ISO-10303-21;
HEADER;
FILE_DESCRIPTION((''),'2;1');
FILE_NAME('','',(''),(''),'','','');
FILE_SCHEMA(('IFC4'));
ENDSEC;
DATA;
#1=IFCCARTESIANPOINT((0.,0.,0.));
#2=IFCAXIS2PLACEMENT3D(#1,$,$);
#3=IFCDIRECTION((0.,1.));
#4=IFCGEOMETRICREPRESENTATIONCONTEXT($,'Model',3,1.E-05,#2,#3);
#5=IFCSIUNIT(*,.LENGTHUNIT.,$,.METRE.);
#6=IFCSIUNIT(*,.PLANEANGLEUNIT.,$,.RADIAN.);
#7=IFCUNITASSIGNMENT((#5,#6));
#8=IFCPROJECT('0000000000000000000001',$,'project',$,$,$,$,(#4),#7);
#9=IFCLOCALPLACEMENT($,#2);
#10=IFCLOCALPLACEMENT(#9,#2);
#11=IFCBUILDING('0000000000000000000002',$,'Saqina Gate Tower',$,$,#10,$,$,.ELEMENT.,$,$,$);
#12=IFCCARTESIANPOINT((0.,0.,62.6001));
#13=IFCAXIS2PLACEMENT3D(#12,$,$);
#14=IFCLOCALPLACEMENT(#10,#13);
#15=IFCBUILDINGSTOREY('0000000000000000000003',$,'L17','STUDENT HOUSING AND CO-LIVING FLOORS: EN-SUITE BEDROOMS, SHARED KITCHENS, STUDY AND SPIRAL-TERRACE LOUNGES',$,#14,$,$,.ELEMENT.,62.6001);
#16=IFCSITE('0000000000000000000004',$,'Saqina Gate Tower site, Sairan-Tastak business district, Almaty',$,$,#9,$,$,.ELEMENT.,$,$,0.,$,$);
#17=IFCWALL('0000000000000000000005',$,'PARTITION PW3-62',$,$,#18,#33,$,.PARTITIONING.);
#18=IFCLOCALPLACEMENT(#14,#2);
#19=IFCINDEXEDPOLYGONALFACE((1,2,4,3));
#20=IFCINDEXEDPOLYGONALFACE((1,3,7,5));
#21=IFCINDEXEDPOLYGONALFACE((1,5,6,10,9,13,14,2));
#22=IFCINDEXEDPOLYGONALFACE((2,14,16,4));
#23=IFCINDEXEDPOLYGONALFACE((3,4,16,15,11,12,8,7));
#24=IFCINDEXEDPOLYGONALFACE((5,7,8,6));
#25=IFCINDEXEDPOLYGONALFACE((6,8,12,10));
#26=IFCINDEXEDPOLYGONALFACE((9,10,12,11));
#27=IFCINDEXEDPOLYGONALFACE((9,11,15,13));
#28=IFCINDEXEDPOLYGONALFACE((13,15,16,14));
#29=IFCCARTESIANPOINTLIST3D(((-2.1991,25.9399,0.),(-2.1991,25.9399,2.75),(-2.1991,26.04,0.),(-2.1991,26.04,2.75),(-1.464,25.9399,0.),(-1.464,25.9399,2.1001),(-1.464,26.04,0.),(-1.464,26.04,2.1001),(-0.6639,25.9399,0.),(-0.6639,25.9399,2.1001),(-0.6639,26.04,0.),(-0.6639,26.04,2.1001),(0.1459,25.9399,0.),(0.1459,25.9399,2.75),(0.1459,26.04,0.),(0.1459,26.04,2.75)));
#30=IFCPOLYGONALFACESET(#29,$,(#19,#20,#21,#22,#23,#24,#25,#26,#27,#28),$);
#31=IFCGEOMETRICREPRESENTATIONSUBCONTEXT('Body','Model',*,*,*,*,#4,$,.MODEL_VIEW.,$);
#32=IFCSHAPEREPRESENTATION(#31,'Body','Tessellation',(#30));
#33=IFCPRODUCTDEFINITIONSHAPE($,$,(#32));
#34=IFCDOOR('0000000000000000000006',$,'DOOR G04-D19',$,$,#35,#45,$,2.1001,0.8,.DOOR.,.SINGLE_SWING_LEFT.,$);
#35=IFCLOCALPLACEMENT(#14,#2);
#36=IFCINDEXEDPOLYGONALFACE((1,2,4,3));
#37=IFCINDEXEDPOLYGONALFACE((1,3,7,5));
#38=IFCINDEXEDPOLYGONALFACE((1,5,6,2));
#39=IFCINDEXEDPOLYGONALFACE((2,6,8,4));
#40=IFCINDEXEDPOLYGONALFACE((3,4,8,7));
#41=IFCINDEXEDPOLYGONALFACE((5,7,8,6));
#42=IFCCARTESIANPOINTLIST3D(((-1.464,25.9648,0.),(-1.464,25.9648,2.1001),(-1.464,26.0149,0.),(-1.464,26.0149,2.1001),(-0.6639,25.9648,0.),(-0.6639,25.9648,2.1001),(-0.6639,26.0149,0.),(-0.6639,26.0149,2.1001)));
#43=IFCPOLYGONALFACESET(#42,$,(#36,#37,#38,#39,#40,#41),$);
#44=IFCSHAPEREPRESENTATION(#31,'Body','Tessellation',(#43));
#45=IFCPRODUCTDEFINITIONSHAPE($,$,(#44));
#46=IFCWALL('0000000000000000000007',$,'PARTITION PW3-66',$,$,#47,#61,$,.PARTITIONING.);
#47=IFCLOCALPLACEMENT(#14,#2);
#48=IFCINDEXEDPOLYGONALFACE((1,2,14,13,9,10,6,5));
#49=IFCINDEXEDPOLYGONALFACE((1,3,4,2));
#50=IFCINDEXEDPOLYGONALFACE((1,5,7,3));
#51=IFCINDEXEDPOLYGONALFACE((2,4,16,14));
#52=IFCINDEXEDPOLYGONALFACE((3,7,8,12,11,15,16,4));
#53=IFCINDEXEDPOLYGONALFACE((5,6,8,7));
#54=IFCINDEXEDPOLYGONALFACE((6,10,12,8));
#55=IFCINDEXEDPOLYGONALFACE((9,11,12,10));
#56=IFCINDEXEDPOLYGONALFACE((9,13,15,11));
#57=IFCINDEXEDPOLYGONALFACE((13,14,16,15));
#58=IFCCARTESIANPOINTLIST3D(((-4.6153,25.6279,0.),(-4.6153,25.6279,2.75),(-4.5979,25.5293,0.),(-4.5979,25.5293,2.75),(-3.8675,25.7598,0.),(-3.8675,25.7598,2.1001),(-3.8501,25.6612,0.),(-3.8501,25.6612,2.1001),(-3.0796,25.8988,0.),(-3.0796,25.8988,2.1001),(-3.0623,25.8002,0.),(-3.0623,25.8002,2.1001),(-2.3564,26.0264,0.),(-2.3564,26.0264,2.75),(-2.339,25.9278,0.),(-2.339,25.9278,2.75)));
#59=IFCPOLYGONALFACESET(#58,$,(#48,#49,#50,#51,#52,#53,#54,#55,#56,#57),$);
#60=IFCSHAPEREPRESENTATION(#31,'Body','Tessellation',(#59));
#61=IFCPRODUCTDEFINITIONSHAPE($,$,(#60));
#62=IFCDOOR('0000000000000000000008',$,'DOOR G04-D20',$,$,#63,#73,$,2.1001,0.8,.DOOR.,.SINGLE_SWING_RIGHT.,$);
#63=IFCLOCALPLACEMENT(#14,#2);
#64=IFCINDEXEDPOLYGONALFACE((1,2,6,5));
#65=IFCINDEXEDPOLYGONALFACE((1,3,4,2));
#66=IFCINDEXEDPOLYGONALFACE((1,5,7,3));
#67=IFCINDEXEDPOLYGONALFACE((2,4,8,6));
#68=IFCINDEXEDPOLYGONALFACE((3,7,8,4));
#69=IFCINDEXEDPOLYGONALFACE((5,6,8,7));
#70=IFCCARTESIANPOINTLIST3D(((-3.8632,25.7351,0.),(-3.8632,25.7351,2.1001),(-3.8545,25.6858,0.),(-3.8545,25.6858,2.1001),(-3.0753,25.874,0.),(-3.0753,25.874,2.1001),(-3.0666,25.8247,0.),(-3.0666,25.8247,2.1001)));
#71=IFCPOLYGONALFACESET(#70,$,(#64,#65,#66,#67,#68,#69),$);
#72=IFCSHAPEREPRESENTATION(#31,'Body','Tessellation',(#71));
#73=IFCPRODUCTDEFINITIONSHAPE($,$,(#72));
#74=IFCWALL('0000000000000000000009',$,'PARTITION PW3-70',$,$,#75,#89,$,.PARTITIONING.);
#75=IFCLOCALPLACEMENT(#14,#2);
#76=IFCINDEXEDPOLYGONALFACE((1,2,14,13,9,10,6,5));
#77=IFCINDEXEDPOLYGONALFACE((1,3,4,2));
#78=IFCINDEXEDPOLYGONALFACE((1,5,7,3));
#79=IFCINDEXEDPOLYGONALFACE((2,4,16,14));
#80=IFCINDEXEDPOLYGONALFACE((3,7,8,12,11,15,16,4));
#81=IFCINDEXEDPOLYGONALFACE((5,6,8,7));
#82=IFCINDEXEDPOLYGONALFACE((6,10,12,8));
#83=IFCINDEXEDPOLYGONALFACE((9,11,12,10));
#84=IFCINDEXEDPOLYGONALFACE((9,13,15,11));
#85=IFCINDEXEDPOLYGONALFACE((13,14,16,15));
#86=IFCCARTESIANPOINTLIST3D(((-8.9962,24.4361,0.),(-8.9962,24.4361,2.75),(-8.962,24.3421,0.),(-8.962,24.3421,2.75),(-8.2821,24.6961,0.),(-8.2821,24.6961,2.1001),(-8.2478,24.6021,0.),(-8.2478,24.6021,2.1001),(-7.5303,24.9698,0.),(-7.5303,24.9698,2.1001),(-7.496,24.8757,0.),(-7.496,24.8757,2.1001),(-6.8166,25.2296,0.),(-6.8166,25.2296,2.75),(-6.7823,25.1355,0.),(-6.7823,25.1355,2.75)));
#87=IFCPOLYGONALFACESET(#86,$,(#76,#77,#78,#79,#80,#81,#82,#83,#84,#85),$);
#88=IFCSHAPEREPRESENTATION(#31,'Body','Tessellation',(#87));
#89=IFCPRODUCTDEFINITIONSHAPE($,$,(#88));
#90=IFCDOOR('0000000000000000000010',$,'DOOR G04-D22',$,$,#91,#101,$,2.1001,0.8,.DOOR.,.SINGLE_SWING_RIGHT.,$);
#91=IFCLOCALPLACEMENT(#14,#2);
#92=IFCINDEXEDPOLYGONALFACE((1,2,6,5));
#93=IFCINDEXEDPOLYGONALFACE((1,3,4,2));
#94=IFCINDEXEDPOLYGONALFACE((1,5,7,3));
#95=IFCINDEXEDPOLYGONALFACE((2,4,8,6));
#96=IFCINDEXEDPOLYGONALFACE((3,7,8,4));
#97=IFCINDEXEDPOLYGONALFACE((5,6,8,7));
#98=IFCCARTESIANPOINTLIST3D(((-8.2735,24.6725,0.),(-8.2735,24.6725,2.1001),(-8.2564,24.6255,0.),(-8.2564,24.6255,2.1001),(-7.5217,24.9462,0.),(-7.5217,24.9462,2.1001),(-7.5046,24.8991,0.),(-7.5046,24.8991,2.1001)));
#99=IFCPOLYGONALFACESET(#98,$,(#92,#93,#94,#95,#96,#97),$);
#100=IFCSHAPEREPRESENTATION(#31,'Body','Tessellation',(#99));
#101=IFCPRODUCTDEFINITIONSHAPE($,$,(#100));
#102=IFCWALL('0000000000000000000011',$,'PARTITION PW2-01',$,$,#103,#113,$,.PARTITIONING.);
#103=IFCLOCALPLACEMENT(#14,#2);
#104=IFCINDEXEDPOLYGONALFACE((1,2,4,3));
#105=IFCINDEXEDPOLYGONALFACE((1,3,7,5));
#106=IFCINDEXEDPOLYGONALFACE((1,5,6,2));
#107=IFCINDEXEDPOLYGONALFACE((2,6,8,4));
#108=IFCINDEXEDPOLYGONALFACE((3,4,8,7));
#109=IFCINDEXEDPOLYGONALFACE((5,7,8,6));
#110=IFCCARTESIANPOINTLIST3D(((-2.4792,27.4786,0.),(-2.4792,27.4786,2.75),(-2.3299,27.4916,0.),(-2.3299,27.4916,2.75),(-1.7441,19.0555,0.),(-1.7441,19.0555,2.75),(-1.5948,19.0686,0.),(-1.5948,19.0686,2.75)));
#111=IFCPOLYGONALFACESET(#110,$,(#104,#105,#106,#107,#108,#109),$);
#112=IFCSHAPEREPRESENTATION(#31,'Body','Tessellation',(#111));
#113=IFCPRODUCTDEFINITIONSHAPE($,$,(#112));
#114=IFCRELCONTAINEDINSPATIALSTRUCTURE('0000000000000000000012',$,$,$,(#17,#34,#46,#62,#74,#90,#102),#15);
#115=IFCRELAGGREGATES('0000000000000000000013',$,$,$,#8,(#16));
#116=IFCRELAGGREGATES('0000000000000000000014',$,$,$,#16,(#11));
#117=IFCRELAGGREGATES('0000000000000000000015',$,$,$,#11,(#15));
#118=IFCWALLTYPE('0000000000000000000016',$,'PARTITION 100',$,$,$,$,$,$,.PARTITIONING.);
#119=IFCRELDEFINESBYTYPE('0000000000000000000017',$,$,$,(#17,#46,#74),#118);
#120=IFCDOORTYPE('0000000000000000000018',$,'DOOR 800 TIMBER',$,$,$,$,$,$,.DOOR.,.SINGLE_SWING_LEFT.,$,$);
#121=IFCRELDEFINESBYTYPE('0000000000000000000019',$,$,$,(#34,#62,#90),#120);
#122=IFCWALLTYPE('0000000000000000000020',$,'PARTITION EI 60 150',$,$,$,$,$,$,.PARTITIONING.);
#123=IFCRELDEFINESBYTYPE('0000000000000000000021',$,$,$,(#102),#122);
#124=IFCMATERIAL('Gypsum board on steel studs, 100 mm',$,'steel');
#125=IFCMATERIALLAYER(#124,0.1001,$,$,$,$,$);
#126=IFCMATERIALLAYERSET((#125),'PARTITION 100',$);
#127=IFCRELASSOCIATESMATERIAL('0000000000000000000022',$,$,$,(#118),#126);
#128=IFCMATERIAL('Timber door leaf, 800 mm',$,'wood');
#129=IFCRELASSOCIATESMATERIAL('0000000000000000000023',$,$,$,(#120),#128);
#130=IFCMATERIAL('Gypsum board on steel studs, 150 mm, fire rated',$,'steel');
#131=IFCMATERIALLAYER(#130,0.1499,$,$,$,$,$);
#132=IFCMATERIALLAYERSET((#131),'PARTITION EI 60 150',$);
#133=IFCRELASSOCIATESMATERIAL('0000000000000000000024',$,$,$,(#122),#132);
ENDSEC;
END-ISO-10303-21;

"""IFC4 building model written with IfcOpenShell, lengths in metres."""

from ifc_helpers import new_model, si_unit, direction, frame, frame_2d, origin, place, context, subcontext, project, spatial, rectangle, extrude, material, layer, layer_set, type_object, element, fill, save


model = new_model("IFC4")

# Units and contexts
model_context = context("Model", 3, precision=1e-05, world=origin(), true_north=direction((0.0, 1.0)))
body_context = subcontext(model_context, "Body", "Model", "MODEL_VIEW")
ifc_project = project(units=[si_unit("LENGTHUNIT", "METRE"), si_unit("PLANEANGLEUNIT", "RADIAN")], contexts=[model_context])

# Site, building, storey
site_placement = place(None, origin())
site = spatial("IfcSite", under=ifc_project, at=site_placement, Name="Saqina Gate Tower site, Sairan-Tastak business district, Almaty", CompositionType="ELEMENT", RefElevation=0.0)
building_placement = place(site_placement, origin())
building = spatial("IfcBuilding", under=site, at=building_placement, Name="Saqina Gate Tower", CompositionType="ELEMENT")
storey_placement = place(building_placement, frame((0.0, 0.0, 62.6001)))
storey = spatial("IfcBuildingStorey", under=building, at=storey_placement, Name="L17", Description="STUDENT HOUSING AND CO-LIVING FLOORS: EN-SUITE BEDROOMS, SHARED KITCHENS, STUDY AND SPIRAL-TERRACE LOUNGES", CompositionType="ELEMENT", Elevation=62.6001)

# Shared definitions
ifc_material_1 = material(Name="Gypsum board on steel studs, 100 mm", Category="steel")
ifc_layer_1 = layer(ifc_material_1, 0.1001)
ifc_layer_set_1 = layer_set([ifc_layer_1], Name="PARTITION 100")
wall_type_1 = type_object("IfcWallType", Name="PARTITION 100", PredefinedType="PARTITIONING", material=ifc_layer_set_1)

# Walls, openings, doors
wall_1_placement = place(storey_placement, frame((-2.199, 25.99, 0.0), z_axis=(0.0, 0.0, 1.0), x_axis=(1.0, 0.0, 0.0)))
wall_1 = element("IfcWall", 1, at=wall_1_placement, inside=storey, type_object=wall_type_1, Name="PARTITION PW3-62", PredefinedType="PARTITIONING", context=body_context, shape_type="SweptSolid", body=[
    extrude(rectangle(XDim=2.345, YDim=0.1001, at=frame_2d((1.1724, 0.0))), origin(), (0.0, 0.0, 1.0), 2.75),
])
opening_1_placement = place(wall_1_placement, frame((0.7351, 0.0, 0.0)))
opening_1 = element("IfcOpeningElement", 2, at=opening_1_placement, cuts=wall_1, PredefinedType="OPENING", context=body_context, shape_type="SweptSolid", body=[
    extrude(rectangle(XDim=0.8, YDim=2.1001, at=frame_2d((0.3999, 1.05))), frame((0.0, 0.062, 0.0), z_axis=(0.0, -1.0, 0.0), x_axis=(1.0, 0.0, 0.0)), (0.0, 0.0, 1.0), 0.124),
])
ifc_material_2 = material(Name="Timber door leaf, 800 mm", Category="wood")
door_type = type_object("IfcDoorType", Name="DOOR 800 TIMBER", OperationType="SINGLE_SWING_LEFT", PredefinedType="DOOR", material=ifc_material_2)
door_1_placement = place(opening_1_placement, origin())
door_1 = element("IfcDoor", 3, at=door_1_placement, inside=storey, type_object=door_type, Name="DOOR G04-D19", OperationType="SINGLE_SWING_LEFT", OverallHeight=2.1001, OverallWidth=0.8, PredefinedType="DOOR", context=body_context, shape_type="SweptSolid", body=[
    extrude(rectangle(XDim=0.8, YDim=2.1001, at=frame_2d((0.3999, 1.05))), frame((0.0, 0.0249, 0.0), z_axis=(0.0, -1.0, 0.0), x_axis=(1.0, 0.0, 0.0)), (0.0, 0.0, 1.0), 0.05),
])
fill(opening_1, door_1)
wall_2_placement = place(storey_placement, frame((-4.6067, 25.5786, 0.0), z_axis=(0.0, 0.0, 1.0), x_axis=(0.984796, 0.173712, 0.0)))
wall_2 = element("IfcWall", 4, at=wall_2_placement, inside=storey, type_object=wall_type_1, Name="PARTITION PW3-66", PredefinedType="PARTITIONING", context=body_context, shape_type="SweptSolid", body=[
    extrude(rectangle(XDim=2.2937, YDim=0.1001, at=frame_2d((1.147, 0.0))), origin(), (0.0, 0.0, 1.0), 2.75),
])
opening_2_placement = place(wall_2_placement, frame((0.7595, 0.0, 0.0)))
opening_2 = element("IfcOpeningElement", 5, at=opening_2_placement, cuts=wall_2, PredefinedType="OPENING", context=body_context, shape_type="SweptSolid", body=[
    extrude(rectangle(XDim=0.8, YDim=2.1001, at=frame_2d((0.3999, 1.05))), frame((0.0, 0.062, 0.0), z_axis=(0.0, -1.0, 0.0), x_axis=(1.0, 0.0, 0.0)), (0.0, 0.0, 1.0), 0.124),
])
door_2_placement = place(opening_2_placement, origin())
door_2 = element("IfcDoor", 6, at=door_2_placement, inside=storey, type_object=door_type, Name="DOOR G04-D20", OperationType="SINGLE_SWING_RIGHT", OverallHeight=2.1001, OverallWidth=0.8, PredefinedType="DOOR", context=body_context, shape_type="SweptSolid", body=[
    extrude(rectangle(XDim=0.8, YDim=2.1001, at=frame_2d((0.3999, 1.05))), frame((0.0, 0.0249, 0.0), z_axis=(0.0, -1.0, 0.0), x_axis=(1.0, 0.0, 0.0)), (0.0, 0.0, 1.0), 0.05),
])
fill(opening_2, door_2)
wall_3_placement = place(storey_placement, frame((-8.979, 24.3892, 0.0), z_axis=(0.0, 0.0, 1.0), x_axis=(0.939677, 0.342064, 0.0)))
wall_3 = element("IfcWall", 7, at=wall_3_placement, inside=storey, type_object=wall_type_1, Name="PARTITION PW3-70", PredefinedType="PARTITIONING", context=body_context, shape_type="SweptSolid", body=[
    extrude(rectangle(XDim=2.3196, YDim=0.1001, at=frame_2d((1.1597, 0.0))), origin(), (0.0, 0.0, 1.0), 2.75),
])
opening_3_placement = place(wall_3_placement, frame((0.76, 0.0, 0.0)))
opening_3 = element("IfcOpeningElement", 8, at=opening_3_placement, cuts=wall_3, PredefinedType="OPENING", context=body_context, shape_type="SweptSolid", body=[
    extrude(rectangle(XDim=0.8, YDim=2.1001, at=frame_2d((0.3999, 1.05))), frame((0.0, 0.062, 0.0), z_axis=(0.0, -1.0, 0.0), x_axis=(1.0, 0.0, 0.0)), (0.0, 0.0, 1.0), 0.124),
])
door_3_placement = place(opening_3_placement, origin())
door_3 = element("IfcDoor", 9, at=door_3_placement, inside=storey, type_object=door_type, Name="DOOR G04-D22", OperationType="SINGLE_SWING_RIGHT", OverallHeight=2.1001, OverallWidth=0.8, PredefinedType="DOOR", context=body_context, shape_type="SweptSolid", body=[
    extrude(rectangle(XDim=0.8, YDim=2.1001, at=frame_2d((0.3999, 1.05))), frame((0.0, 0.0249, 0.0), z_axis=(0.0, -1.0, 0.0), x_axis=(1.0, 0.0, 0.0)), (0.0, 0.0, 1.0), 0.05),
])
fill(opening_3, door_3)

# Wall
ifc_material_3 = material(Name="Gypsum board on steel studs, 150 mm, fire rated", Category="steel")
ifc_layer_2 = layer(ifc_material_3, 0.1499)
ifc_layer_set_2 = layer_set([ifc_layer_2], Name="PARTITION EI 60 150")
wall_type_2 = type_object("IfcWallType", Name="PARTITION EI 60 150", PredefinedType="PARTITIONING", material=ifc_layer_set_2)
wall_4_placement = place(storey_placement, frame((-2.4045, 27.4851, 0.0), z_axis=(0.0, 0.0, 1.0), x_axis=(0.086942, -0.996213, 0.0)))
element("IfcWall", 10, at=wall_4_placement, inside=storey, type_object=wall_type_2, Name="PARTITION PW2-01", PredefinedType="PARTITIONING", context=body_context, shape_type="SweptSolid", body=[
    extrude(rectangle(XDim=8.4551, YDim=0.1499, at=frame_2d((4.2275, 0.0))), origin(), (0.0, 0.0, 1.0), 2.75),
])

save(model, "model.ifc")
